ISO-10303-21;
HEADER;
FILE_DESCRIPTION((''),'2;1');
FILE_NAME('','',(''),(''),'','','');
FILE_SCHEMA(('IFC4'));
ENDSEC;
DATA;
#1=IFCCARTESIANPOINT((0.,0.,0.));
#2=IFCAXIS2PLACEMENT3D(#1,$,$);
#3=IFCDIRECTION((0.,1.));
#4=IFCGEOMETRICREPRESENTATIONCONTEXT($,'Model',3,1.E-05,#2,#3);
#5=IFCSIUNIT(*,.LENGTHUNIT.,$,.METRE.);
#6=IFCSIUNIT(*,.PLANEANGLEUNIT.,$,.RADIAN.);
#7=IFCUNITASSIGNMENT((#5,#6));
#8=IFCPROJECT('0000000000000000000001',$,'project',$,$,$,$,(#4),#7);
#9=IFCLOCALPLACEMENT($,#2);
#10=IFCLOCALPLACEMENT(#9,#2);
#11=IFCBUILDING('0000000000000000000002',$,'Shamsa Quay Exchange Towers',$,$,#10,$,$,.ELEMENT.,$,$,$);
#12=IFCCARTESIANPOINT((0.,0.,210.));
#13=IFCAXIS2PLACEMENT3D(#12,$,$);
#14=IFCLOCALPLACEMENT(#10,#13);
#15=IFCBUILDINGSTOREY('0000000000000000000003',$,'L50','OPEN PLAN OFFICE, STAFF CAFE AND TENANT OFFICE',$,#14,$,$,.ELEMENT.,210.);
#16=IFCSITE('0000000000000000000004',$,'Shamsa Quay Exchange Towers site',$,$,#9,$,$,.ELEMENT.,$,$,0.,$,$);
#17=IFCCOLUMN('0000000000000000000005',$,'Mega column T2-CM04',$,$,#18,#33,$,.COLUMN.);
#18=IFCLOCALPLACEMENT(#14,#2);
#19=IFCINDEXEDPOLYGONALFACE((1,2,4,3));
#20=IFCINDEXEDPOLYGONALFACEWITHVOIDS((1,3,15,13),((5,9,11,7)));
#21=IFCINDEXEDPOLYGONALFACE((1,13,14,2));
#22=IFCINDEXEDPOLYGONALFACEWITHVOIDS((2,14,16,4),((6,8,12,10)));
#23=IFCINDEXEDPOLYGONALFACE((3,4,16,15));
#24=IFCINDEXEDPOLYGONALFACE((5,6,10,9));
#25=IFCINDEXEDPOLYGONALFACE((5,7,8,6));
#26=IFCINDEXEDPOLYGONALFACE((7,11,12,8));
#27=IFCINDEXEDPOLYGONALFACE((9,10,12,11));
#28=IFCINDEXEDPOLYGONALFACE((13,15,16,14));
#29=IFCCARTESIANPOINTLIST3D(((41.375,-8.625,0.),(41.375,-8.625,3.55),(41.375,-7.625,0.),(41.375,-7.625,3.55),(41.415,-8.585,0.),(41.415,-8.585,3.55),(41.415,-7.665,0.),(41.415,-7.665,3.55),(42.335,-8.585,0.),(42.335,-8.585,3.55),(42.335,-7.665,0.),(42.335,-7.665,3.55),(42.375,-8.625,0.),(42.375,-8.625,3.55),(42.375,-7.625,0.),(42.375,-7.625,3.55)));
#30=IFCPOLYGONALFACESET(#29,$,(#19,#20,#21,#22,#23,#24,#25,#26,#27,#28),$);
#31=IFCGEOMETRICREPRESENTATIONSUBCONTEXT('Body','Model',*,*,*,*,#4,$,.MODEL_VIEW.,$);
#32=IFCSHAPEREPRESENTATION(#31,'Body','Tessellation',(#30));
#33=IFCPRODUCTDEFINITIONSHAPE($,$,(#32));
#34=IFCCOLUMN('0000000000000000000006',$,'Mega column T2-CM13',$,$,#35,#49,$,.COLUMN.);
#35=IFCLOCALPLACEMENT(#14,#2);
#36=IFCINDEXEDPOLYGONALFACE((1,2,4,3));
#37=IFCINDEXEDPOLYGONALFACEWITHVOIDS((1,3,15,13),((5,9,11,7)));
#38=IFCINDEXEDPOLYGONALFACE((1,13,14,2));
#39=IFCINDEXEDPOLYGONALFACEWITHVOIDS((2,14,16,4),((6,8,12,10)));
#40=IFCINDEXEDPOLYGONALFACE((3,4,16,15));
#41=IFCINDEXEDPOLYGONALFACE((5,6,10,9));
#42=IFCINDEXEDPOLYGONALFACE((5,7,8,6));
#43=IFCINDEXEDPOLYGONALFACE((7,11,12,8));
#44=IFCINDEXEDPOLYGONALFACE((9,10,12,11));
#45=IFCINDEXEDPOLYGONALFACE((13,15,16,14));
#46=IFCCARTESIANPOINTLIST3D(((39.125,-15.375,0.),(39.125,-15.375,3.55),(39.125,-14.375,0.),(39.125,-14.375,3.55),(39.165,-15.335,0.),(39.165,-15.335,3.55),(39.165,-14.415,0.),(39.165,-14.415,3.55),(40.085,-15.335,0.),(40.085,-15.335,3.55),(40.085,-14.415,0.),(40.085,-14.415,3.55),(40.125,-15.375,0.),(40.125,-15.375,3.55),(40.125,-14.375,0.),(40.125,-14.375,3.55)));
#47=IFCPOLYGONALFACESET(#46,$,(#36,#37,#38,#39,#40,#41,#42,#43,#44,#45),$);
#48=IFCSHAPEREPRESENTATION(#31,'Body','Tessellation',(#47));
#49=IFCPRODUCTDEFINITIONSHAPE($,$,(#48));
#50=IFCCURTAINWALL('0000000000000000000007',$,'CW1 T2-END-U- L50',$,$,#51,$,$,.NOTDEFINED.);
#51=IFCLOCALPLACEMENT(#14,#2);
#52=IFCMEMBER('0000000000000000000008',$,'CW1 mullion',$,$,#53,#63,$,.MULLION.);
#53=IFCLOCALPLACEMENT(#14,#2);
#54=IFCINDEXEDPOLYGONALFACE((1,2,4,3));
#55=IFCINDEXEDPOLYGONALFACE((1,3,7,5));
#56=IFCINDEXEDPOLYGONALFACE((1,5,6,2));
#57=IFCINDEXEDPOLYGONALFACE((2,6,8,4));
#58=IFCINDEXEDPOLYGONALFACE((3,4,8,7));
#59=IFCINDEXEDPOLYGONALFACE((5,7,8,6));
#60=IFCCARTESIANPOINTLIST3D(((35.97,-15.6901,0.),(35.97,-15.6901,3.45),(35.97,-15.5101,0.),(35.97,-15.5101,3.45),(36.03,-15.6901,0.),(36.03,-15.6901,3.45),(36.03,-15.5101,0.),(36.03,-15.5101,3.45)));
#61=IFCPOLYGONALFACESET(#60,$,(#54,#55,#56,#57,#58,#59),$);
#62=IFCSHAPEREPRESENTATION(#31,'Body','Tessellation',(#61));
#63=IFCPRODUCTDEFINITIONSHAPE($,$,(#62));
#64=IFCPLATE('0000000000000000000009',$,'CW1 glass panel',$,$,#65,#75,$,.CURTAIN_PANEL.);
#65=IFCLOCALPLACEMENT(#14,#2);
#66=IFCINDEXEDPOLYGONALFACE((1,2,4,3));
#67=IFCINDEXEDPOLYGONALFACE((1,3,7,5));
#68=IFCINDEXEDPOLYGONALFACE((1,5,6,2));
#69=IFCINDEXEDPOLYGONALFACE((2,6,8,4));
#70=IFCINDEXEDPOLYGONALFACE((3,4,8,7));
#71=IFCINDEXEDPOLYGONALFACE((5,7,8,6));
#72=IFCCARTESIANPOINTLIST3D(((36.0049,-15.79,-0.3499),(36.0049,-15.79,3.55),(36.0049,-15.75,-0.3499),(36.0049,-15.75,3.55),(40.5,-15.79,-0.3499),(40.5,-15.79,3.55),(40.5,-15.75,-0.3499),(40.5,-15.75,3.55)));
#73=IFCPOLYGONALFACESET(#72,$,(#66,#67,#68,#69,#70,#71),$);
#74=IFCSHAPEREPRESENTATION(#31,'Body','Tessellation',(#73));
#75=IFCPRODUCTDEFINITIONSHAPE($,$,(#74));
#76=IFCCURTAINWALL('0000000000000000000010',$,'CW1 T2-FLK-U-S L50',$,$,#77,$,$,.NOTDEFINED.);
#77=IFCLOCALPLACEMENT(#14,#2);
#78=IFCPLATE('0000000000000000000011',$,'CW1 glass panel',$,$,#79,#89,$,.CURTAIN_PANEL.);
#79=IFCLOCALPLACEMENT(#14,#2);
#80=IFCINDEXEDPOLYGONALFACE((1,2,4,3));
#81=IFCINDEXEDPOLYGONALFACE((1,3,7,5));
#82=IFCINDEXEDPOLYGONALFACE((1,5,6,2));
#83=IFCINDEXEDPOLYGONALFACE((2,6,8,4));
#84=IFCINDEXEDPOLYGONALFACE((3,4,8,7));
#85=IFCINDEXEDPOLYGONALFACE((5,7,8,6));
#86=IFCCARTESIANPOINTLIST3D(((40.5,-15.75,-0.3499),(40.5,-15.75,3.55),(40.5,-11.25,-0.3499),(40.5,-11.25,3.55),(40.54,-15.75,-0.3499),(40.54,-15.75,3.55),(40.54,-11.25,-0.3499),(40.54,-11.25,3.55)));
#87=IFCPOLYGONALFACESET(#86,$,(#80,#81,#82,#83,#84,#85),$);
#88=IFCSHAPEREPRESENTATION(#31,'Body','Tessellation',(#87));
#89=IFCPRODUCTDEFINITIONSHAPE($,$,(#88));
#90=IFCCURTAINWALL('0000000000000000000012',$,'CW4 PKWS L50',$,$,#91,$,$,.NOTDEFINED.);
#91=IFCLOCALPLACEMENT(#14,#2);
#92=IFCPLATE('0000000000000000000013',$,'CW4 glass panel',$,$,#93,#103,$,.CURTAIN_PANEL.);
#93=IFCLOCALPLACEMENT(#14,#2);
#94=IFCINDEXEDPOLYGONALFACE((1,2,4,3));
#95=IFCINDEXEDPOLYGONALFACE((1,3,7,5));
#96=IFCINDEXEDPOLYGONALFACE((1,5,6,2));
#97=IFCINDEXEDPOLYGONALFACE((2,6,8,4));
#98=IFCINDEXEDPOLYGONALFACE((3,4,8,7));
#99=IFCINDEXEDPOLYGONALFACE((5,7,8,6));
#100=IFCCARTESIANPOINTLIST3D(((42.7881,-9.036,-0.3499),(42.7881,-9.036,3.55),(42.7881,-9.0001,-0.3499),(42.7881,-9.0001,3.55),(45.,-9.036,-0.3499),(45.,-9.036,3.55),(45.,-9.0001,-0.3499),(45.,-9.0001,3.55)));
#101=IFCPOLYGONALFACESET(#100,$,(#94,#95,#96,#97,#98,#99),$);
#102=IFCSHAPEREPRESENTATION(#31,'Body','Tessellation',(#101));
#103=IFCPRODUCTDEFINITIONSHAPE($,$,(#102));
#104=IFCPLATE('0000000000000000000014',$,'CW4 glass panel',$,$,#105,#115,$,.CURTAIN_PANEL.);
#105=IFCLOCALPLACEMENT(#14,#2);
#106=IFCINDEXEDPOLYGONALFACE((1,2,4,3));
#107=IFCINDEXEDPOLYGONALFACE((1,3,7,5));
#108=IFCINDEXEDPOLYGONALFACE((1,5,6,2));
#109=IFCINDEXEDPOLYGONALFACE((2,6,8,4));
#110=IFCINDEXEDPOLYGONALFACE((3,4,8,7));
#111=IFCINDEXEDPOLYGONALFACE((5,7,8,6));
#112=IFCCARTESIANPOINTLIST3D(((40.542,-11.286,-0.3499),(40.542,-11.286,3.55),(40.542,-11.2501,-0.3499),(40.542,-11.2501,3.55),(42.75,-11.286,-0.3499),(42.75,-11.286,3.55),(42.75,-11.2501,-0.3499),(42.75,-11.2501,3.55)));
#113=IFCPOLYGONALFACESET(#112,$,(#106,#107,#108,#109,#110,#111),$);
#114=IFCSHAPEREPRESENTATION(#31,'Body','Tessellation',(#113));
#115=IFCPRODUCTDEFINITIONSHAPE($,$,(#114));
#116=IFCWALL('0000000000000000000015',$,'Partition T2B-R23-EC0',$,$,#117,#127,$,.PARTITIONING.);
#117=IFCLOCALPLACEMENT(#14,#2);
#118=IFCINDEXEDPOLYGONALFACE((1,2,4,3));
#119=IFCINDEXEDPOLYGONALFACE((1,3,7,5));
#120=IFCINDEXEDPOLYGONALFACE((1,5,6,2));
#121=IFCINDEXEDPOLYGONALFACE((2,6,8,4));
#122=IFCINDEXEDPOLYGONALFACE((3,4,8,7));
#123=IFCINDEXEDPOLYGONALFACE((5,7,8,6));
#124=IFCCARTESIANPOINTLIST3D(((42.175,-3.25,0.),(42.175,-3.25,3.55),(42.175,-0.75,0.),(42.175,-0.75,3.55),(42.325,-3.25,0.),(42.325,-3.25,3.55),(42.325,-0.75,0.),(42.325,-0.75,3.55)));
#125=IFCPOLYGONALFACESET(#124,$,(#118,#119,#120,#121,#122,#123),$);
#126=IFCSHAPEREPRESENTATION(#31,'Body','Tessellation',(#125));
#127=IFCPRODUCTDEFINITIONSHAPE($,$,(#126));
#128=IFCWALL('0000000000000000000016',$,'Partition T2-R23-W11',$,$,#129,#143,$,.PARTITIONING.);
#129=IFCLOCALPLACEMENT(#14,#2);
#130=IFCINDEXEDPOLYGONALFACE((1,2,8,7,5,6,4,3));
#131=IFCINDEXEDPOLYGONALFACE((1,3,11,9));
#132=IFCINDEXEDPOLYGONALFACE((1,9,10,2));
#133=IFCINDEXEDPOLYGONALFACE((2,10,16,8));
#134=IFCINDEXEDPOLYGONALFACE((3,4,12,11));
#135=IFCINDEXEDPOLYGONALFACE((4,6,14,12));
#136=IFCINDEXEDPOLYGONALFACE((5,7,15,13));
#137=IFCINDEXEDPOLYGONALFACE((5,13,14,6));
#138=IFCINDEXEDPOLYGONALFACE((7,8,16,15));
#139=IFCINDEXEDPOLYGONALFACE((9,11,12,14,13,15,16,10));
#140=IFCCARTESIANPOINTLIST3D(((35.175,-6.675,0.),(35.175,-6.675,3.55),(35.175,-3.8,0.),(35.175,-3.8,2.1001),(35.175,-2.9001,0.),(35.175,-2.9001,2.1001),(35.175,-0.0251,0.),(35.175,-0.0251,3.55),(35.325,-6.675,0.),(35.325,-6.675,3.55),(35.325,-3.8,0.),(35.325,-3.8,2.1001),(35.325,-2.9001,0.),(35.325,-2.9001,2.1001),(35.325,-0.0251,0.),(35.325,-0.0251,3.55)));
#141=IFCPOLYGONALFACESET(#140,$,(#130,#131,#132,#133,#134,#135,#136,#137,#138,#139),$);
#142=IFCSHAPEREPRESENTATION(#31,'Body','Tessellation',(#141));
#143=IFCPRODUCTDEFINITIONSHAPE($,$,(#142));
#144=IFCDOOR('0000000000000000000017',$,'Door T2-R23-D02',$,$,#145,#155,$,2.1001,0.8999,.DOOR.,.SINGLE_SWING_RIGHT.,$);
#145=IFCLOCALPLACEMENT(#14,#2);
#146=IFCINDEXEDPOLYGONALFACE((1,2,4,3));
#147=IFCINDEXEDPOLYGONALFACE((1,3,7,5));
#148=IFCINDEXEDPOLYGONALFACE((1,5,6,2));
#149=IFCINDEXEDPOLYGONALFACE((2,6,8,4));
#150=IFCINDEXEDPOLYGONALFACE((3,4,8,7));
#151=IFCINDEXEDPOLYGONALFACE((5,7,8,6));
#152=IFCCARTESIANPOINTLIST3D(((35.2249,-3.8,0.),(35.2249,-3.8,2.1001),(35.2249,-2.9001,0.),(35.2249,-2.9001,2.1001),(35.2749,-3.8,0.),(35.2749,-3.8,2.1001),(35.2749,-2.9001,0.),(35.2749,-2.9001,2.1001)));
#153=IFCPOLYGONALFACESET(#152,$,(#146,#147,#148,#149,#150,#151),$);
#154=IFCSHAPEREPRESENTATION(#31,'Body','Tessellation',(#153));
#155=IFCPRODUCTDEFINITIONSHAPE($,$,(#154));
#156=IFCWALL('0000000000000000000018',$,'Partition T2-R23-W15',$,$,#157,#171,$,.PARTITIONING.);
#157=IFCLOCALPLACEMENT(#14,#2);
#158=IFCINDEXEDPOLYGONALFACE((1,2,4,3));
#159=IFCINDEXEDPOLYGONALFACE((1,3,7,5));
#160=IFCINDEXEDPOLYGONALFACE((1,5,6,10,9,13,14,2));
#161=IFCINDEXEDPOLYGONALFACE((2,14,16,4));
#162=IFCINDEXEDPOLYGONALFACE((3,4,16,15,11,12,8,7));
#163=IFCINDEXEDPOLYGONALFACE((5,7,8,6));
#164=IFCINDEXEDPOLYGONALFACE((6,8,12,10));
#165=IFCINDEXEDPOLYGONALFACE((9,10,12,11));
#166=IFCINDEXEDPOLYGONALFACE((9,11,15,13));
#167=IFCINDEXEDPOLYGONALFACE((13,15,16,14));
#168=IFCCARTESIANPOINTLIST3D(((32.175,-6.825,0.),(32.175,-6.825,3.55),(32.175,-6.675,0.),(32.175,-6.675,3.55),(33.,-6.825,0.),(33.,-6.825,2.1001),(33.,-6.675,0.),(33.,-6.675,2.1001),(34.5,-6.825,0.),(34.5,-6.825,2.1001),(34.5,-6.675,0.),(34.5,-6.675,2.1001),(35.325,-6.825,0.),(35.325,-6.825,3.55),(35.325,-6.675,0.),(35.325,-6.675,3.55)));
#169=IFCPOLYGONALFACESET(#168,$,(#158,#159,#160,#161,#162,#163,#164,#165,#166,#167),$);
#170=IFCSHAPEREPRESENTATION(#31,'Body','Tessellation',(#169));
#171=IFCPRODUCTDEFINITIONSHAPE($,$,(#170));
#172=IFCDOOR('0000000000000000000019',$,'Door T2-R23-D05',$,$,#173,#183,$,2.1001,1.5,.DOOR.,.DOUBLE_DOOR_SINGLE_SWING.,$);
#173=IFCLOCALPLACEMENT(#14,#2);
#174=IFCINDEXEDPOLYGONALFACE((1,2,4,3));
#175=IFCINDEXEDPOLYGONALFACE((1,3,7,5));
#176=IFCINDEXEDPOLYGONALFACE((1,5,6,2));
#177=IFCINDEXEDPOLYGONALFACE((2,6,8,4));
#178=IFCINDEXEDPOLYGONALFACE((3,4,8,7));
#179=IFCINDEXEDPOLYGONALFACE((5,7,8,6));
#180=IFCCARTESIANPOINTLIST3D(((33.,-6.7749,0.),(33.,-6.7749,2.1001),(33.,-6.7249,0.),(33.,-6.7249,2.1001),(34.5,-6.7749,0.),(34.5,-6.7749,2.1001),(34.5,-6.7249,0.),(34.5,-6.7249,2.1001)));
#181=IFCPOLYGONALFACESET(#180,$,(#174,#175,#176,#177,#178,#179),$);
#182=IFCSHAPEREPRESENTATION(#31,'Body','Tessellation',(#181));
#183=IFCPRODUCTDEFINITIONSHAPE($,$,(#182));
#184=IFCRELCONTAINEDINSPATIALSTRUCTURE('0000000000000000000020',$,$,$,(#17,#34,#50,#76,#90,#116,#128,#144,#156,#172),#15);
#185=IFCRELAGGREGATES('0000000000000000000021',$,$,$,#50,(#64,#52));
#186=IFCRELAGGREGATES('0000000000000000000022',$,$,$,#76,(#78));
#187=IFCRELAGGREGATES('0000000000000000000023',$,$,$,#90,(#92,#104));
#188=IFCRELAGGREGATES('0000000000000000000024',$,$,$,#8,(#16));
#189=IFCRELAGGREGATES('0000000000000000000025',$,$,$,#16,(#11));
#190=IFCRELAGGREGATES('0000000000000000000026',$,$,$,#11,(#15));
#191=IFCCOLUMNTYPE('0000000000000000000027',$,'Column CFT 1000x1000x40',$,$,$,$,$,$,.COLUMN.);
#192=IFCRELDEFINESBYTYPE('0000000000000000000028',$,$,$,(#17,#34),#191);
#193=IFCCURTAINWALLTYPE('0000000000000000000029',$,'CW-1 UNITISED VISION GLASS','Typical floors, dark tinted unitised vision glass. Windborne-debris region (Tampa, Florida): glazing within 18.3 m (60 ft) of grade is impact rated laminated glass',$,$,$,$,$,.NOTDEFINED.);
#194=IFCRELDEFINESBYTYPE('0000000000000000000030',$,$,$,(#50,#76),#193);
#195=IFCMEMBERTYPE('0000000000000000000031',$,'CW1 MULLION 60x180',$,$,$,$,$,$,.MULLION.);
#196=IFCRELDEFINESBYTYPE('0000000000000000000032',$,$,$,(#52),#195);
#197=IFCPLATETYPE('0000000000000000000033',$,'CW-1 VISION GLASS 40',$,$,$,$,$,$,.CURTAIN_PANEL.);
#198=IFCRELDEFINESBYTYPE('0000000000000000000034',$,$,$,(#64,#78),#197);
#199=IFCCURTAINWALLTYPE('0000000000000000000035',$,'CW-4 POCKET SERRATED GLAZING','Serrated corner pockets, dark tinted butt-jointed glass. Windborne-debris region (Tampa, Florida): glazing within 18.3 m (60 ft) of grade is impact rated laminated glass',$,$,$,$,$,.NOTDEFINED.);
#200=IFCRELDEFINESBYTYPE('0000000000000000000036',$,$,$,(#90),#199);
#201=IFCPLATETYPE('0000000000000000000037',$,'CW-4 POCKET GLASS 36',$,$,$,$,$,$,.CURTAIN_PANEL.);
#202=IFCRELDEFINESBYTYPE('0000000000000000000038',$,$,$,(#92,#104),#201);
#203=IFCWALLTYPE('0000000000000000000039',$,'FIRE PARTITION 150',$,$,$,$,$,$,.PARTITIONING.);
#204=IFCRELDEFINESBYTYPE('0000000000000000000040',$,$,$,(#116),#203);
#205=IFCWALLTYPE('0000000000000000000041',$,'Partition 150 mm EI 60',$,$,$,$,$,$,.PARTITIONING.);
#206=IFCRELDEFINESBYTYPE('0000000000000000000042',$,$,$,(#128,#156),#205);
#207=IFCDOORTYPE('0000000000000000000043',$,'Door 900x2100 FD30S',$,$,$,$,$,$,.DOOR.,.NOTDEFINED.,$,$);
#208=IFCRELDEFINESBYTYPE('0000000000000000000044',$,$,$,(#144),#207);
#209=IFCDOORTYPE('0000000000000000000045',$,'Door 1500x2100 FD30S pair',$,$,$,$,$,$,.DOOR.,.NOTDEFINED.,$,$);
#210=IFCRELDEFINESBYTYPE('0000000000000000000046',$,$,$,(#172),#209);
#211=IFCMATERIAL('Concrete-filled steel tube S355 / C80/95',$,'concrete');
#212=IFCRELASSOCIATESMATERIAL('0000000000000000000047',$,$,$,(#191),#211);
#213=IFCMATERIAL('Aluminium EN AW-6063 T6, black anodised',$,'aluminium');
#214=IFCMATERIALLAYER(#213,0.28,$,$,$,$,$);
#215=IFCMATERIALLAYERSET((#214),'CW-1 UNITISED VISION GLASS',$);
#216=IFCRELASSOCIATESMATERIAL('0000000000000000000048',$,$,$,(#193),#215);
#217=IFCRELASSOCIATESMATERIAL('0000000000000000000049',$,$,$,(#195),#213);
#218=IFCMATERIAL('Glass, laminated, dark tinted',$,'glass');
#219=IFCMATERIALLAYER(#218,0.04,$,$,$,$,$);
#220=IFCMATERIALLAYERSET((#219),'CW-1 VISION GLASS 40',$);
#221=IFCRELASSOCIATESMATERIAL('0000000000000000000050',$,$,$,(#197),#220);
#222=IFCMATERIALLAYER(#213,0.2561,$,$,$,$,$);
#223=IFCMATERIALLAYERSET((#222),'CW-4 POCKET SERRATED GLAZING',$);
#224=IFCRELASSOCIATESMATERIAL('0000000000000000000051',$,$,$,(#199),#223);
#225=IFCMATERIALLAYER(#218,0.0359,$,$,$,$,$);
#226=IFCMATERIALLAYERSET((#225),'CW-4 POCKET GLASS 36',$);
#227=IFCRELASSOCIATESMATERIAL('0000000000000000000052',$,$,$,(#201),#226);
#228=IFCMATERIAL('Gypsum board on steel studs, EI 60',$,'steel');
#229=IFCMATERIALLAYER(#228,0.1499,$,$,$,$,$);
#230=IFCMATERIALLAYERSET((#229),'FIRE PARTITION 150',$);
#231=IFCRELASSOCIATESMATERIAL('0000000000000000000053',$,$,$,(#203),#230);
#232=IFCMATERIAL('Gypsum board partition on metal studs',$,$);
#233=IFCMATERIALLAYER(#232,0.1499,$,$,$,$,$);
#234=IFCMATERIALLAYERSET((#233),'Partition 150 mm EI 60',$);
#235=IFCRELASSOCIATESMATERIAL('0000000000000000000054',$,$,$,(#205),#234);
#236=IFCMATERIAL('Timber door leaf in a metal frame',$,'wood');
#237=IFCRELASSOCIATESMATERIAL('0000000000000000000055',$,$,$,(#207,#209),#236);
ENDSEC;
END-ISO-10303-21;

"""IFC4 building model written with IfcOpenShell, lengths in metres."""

from ifc_helpers import new_model, si_unit, direction, frame, frame_2d, origin, origin_2d, place, context, subcontext, project, spatial, rectangle, hollow_rectangle, extrude, material, layer, layer_set, material_profile, profile_set, type_object, element, fill, aggregate, save


model = new_model("IFC4")

# Units and contexts
model_context = context("Model", 3, precision=1e-05, world=origin(), true_north=direction((0.0, 1.0)))
body_context = subcontext(model_context, "Body", "Model", "MODEL_VIEW")
ifc_project = project(units=[si_unit("LENGTHUNIT", "METRE"), si_unit("PLANEANGLEUNIT", "RADIAN")], contexts=[model_context])

# Site, building, storey
site_placement = place(None, origin())
site = spatial("IfcSite", under=ifc_project, at=site_placement, Name="Shamsa Quay Exchange Towers site", CompositionType="ELEMENT", RefElevation=0.0)
building_placement = place(site_placement, origin())
building = spatial("IfcBuilding", under=site, at=building_placement, Name="Shamsa Quay Exchange Towers", CompositionType="ELEMENT")
storey_placement = place(building_placement, frame((0.0, 0.0, 210.0)))
storey = spatial("IfcBuildingStorey", under=building, at=storey_placement, Name="L50", Description="OPEN PLAN OFFICE, STAFF CAFE AND TENANT OFFICE", CompositionType="ELEMENT", Elevation=210.0)

# Columns
ifc_material_1 = material(Name="Concrete-filled steel tube S355 / C80/95", Category="concrete")
ifc_material_profile_1 = material_profile(ifc_material_1, hollow_rectangle(XDim=1.0, YDim=1.0, WallThickness=0.04, at=origin_2d()), Name="CFT 1000x1000x40")
ifc_profile_set_1 = profile_set([ifc_material_profile_1], Name="Concrete-filled steel tube S355 / C80/95")
column_type = type_object("IfcColumnType", Name="Column CFT 1000x1000x40", PredefinedType="COLUMN", material=ifc_profile_set_1)
for number, where, name in (
    (1, (41.875, -8.125, 0.0), "Mega column T2-CM04"),
    (2, (39.625, -14.875, 0.0), "Mega column T2-CM13"),
):
    element("IfcColumn", number, at=place(storey_placement, frame(where)), inside=storey, type_object=column_type, Name=name, PredefinedType="COLUMN", context=body_context, shape_type="SweptSolid", body=[
        extrude(hollow_rectangle(XDim=1.0, YDim=1.0, WallThickness=0.04, at=origin_2d()), origin(), (0.0, 0.0, 1.0), 3.55),
    ])

# Curtain wall, member, plate
ifc_material_2 = material(Name="Aluminium EN AW-6063 T6, black anodised", Category="aluminium")
ifc_layer_1 = layer(ifc_material_2, 0.28)
ifc_layer_set_1 = layer_set([ifc_layer_1], Name="CW-1 UNITISED VISION GLASS")
curtain_wall_type_1 = type_object("IfcCurtainWallType", Name="CW-1 UNITISED VISION GLASS", Description="Typical floors, dark tinted unitised vision glass. Windborne-debris region (Tampa, Florida): glazing within 18.3 m (60 ft) of grade is impact rated laminated glass", PredefinedType="NOTDEFINED", material=ifc_layer_set_1)
curtain_wall_1_placement = place(storey_placement, origin())
curtain_wall_1 = element("IfcCurtainWall", 3, at=curtain_wall_1_placement, inside=storey, type_object=curtain_wall_type_1, Name="CW1 T2-END-U- L50", PredefinedType="NOTDEFINED")
ifc_material_profile_2 = material_profile(ifc_material_2, rectangle(XDim=0.1799, YDim=0.0601, at=origin_2d()), Name="MU60x180")
ifc_profile_set_2 = profile_set([ifc_material_profile_2], Name="Aluminium EN AW-6063 T6, black anodised")
member_type = type_object("IfcMemberType", Name="CW1 MULLION 60x180", PredefinedType="MULLION", material=ifc_profile_set_2)
member_placement = place(storey_placement, frame((36.0, -15.6001, 0.0), z_axis=(0.0, 0.0, 1.0), x_axis=(0.0, 1.0, 0.0)))
member = element("IfcMember", 4, at=member_placement, type_object=member_type, Name="CW1 mullion", PredefinedType="MULLION", context=body_context, shape_type="SweptSolid", body=[
    extrude(rectangle(XDim=0.1799, YDim=0.0601, at=origin_2d()), origin(), (0.0, 0.0, 1.0), 3.45),
])
ifc_material_3 = material(Name="Glass, laminated, dark tinted", Category="glass")
ifc_layer_2 = layer(ifc_material_3, 0.04)
ifc_layer_set_2 = layer_set([ifc_layer_2], Name="CW-1 VISION GLASS 40")
plate_type_1 = type_object("IfcPlateType", Name="CW-1 VISION GLASS 40", PredefinedType="CURTAIN_PANEL", material=ifc_layer_set_2)
plate_1_placement = place(storey_placement, frame((38.2524, -15.77, -0.3499)))
plate_1 = element("IfcPlate", 5, at=plate_1_placement, type_object=plate_type_1, Name="CW1 glass panel", PredefinedType="CURTAIN_PANEL", context=body_context, shape_type="SweptSolid", body=[
    extrude(rectangle(XDim=4.4951, YDim=0.04, at=origin_2d()), origin(), (0.0, 0.0, 1.0), 3.8999),
])
aggregate(curtain_wall_1, [plate_1, member])

# Curtain wall, plate
curtain_wall_2_placement = place(storey_placement, origin())
curtain_wall_2 = element("IfcCurtainWall", 6, at=curtain_wall_2_placement, inside=storey, type_object=curtain_wall_type_1, Name="CW1 T2-FLK-U-S L50", PredefinedType="NOTDEFINED")
plate_2_placement = place(storey_placement, frame((40.52, -13.5, -0.3499), z_axis=(0.0, 0.0, 1.0), x_axis=(0.0, 1.0, 0.0)))
plate_2 = element("IfcPlate", 7, at=plate_2_placement, type_object=plate_type_1, Name="CW1 glass panel", PredefinedType="CURTAIN_PANEL", context=body_context, shape_type="SweptSolid", body=[
    extrude(rectangle(XDim=4.5, YDim=0.04, at=origin_2d()), origin(), (0.0, 0.0, 1.0), 3.8999),
])
aggregate(curtain_wall_2, [plate_2])

# Curtain wall, plates
ifc_layer_3 = layer(ifc_material_2, 0.2561)
ifc_layer_set_3 = layer_set([ifc_layer_3], Name="CW-4 POCKET SERRATED GLAZING")
curtain_wall_type_2 = type_object("IfcCurtainWallType", Name="CW-4 POCKET SERRATED GLAZING", Description="Serrated corner pockets, dark tinted butt-jointed glass. Windborne-debris region (Tampa, Florida): glazing within 18.3 m (60 ft) of grade is impact rated laminated glass", PredefinedType="NOTDEFINED", material=ifc_layer_set_3)
curtain_wall_3_placement = place(storey_placement, origin())
curtain_wall_3 = element("IfcCurtainWall", 8, at=curtain_wall_3_placement, inside=storey, type_object=curtain_wall_type_2, Name="CW4 PKWS L50", PredefinedType="NOTDEFINED")
ifc_layer_4 = layer(ifc_material_3, 0.0359)
ifc_layer_set_4 = layer_set([ifc_layer_4], Name="CW-4 POCKET GLASS 36")
plate_type_2 = type_object("IfcPlateType", Name="CW-4 POCKET GLASS 36", PredefinedType="CURTAIN_PANEL", material=ifc_layer_set_4)
plate_3_placement = place(storey_placement, frame((43.894, -9.0181, -0.3499)))
plate_3 = element("IfcPlate", 9, at=plate_3_placement, type_object=plate_type_2, Name="CW4 glass panel", PredefinedType="CURTAIN_PANEL", context=body_context, shape_type="SweptSolid", body=[
    extrude(rectangle(XDim=2.2119, YDim=0.0359, at=origin_2d()), origin(), (0.0, 0.0, 1.0), 3.8999),
])
plate_4_placement = place(storey_placement, frame((41.646, -11.2681, -0.3499)))
plate_4 = element("IfcPlate", 10, at=plate_4_placement, type_object=plate_type_2, Name="CW4 glass panel", PredefinedType="CURTAIN_PANEL", context=body_context, shape_type="SweptSolid", body=[
    extrude(rectangle(XDim=2.208, YDim=0.0359, at=origin_2d()), origin(), (0.0, 0.0, 1.0), 3.8999),
])
aggregate(curtain_wall_3, [plate_3, plate_4])

# Wall
ifc_material_4 = material(Name="Gypsum board on steel studs, EI 60", Category="steel")
ifc_layer_5 = layer(ifc_material_4, 0.1499)
ifc_layer_set_5 = layer_set([ifc_layer_5], Name="FIRE PARTITION 150")
wall_type_1 = type_object("IfcWallType", Name="FIRE PARTITION 150", PredefinedType="PARTITIONING", material=ifc_layer_set_5)
wall_1_placement = place(storey_placement, frame((42.25, -3.25, 0.0), z_axis=(0.0, 0.0, 1.0), x_axis=(0.0, 1.0, 0.0)))
element("IfcWall", 11, at=wall_1_placement, inside=storey, type_object=wall_type_1, Name="Partition T2B-R23-EC0", PredefinedType="PARTITIONING", context=body_context, shape_type="SweptSolid", body=[
    extrude(rectangle(XDim=2.5, YDim=0.1499, at=frame_2d((1.25, 0.0))), origin(), (0.0, 0.0, 1.0), 3.55),
])

# Walls, openings, doors
ifc_material_5 = material(Name="Gypsum board partition on metal studs")
ifc_layer_6 = layer(ifc_material_5, 0.1499)
ifc_layer_set_6 = layer_set([ifc_layer_6], Name="Partition 150 mm EI 60")
wall_type_2 = type_object("IfcWallType", Name="Partition 150 mm EI 60", PredefinedType="PARTITIONING", material=ifc_layer_set_6)
wall_2_placement = place(storey_placement, frame((35.25, -0.0251, 0.0), z_axis=(0.0, 0.0, 1.0), x_axis=(0.0, -1.0, 0.0)))
wall_2 = element("IfcWall", 12, at=wall_2_placement, inside=storey, type_object=wall_type_2, Name="Partition T2-R23-W11", PredefinedType="PARTITIONING", context=body_context, shape_type="SweptSolid", body=[
    extrude(rectangle(XDim=6.6499, YDim=0.1499, at=frame_2d((3.325, 0.0))), origin(), (0.0, 0.0, 1.0), 3.55),
])
opening_1_placement = place(wall_2_placement, frame((2.875, 0.0, 0.0)))
opening_1 = element("IfcOpeningElement", 13, at=opening_1_placement, cuts=wall_2, PredefinedType="OPENING", context=body_context, shape_type="SweptSolid", body=[
    extrude(rectangle(XDim=0.8999, YDim=2.1001, at=frame_2d((0.45, 1.05))), frame((0.0, 0.085, 0.0), z_axis=(0.0, -1.0, 0.0), x_axis=(1.0, 0.0, 0.0)), (0.0, 0.0, 1.0), 0.1699),
])
ifc_material_6 = material(Name="Timber door leaf in a metal frame", Category="wood")
door_type_1 = type_object("IfcDoorType", Name="Door 900x2100 FD30S", OperationType="NOTDEFINED", PredefinedType="DOOR", material=ifc_material_6)
door_1_placement = place(opening_1_placement, origin())
door_1 = element("IfcDoor", 14, at=door_1_placement, inside=storey, type_object=door_type_1, Name="Door T2-R23-D02", OperationType="SINGLE_SWING_RIGHT", OverallHeight=2.1001, OverallWidth=0.8999, PredefinedType="DOOR", context=body_context, shape_type="SweptSolid", body=[
    extrude(rectangle(XDim=0.8999, YDim=2.1001, at=frame_2d((0.45, 1.05))), frame((0.0, 0.0249, 0.0), z_axis=(0.0, -1.0, 0.0), x_axis=(1.0, 0.0, 0.0)), (0.0, 0.0, 1.0), 0.05),
])
fill(opening_1, door_1)
wall_3_placement = place(storey_placement, frame((35.325, -6.75, 0.0), z_axis=(0.0, 0.0, 1.0), x_axis=(-1.0, 0.0, 0.0)))
wall_3 = element("IfcWall", 15, at=wall_3_placement, inside=storey, type_object=wall_type_2, Name="Partition T2-R23-W15", PredefinedType="PARTITIONING", context=body_context, shape_type="SweptSolid", body=[
    extrude(rectangle(XDim=3.1499, YDim=0.1499, at=frame_2d((1.575, 0.0))), origin(), (0.0, 0.0, 1.0), 3.55),
])
opening_2_placement = place(wall_3_placement, frame((0.825, 0.0, 0.0)))
opening_2 = element("IfcOpeningElement", 16, at=opening_2_placement, cuts=wall_3, PredefinedType="OPENING", context=body_context, shape_type="SweptSolid", body=[
    extrude(rectangle(XDim=1.5, YDim=2.1001, at=frame_2d((0.75, 1.05))), frame((0.0, 0.085, 0.0), z_axis=(0.0, -1.0, 0.0), x_axis=(1.0, 0.0, 0.0)), (0.0, 0.0, 1.0), 0.1699),
])
door_type_2 = type_object("IfcDoorType", Name="Door 1500x2100 FD30S pair", OperationType="NOTDEFINED", PredefinedType="DOOR", material=ifc_material_6)
door_2_placement = place(opening_2_placement, origin())
door_2 = element("IfcDoor", 17, at=door_2_placement, inside=storey, type_object=door_type_2, Name="Door T2-R23-D05", OperationType="DOUBLE_DOOR_SINGLE_SWING", OverallHeight=2.1001, OverallWidth=1.5, PredefinedType="DOOR", context=body_context, shape_type="SweptSolid", body=[
    extrude(rectangle(XDim=1.5, YDim=2.1001, at=frame_2d((0.75, 1.05))), frame((0.0, 0.0249, 0.0), z_axis=(0.0, -1.0, 0.0), x_axis=(1.0, 0.0, 0.0)), (0.0, 0.0, 1.0), 0.05),
])
fill(opening_2, door_2)

save(model, "model.ifc")
